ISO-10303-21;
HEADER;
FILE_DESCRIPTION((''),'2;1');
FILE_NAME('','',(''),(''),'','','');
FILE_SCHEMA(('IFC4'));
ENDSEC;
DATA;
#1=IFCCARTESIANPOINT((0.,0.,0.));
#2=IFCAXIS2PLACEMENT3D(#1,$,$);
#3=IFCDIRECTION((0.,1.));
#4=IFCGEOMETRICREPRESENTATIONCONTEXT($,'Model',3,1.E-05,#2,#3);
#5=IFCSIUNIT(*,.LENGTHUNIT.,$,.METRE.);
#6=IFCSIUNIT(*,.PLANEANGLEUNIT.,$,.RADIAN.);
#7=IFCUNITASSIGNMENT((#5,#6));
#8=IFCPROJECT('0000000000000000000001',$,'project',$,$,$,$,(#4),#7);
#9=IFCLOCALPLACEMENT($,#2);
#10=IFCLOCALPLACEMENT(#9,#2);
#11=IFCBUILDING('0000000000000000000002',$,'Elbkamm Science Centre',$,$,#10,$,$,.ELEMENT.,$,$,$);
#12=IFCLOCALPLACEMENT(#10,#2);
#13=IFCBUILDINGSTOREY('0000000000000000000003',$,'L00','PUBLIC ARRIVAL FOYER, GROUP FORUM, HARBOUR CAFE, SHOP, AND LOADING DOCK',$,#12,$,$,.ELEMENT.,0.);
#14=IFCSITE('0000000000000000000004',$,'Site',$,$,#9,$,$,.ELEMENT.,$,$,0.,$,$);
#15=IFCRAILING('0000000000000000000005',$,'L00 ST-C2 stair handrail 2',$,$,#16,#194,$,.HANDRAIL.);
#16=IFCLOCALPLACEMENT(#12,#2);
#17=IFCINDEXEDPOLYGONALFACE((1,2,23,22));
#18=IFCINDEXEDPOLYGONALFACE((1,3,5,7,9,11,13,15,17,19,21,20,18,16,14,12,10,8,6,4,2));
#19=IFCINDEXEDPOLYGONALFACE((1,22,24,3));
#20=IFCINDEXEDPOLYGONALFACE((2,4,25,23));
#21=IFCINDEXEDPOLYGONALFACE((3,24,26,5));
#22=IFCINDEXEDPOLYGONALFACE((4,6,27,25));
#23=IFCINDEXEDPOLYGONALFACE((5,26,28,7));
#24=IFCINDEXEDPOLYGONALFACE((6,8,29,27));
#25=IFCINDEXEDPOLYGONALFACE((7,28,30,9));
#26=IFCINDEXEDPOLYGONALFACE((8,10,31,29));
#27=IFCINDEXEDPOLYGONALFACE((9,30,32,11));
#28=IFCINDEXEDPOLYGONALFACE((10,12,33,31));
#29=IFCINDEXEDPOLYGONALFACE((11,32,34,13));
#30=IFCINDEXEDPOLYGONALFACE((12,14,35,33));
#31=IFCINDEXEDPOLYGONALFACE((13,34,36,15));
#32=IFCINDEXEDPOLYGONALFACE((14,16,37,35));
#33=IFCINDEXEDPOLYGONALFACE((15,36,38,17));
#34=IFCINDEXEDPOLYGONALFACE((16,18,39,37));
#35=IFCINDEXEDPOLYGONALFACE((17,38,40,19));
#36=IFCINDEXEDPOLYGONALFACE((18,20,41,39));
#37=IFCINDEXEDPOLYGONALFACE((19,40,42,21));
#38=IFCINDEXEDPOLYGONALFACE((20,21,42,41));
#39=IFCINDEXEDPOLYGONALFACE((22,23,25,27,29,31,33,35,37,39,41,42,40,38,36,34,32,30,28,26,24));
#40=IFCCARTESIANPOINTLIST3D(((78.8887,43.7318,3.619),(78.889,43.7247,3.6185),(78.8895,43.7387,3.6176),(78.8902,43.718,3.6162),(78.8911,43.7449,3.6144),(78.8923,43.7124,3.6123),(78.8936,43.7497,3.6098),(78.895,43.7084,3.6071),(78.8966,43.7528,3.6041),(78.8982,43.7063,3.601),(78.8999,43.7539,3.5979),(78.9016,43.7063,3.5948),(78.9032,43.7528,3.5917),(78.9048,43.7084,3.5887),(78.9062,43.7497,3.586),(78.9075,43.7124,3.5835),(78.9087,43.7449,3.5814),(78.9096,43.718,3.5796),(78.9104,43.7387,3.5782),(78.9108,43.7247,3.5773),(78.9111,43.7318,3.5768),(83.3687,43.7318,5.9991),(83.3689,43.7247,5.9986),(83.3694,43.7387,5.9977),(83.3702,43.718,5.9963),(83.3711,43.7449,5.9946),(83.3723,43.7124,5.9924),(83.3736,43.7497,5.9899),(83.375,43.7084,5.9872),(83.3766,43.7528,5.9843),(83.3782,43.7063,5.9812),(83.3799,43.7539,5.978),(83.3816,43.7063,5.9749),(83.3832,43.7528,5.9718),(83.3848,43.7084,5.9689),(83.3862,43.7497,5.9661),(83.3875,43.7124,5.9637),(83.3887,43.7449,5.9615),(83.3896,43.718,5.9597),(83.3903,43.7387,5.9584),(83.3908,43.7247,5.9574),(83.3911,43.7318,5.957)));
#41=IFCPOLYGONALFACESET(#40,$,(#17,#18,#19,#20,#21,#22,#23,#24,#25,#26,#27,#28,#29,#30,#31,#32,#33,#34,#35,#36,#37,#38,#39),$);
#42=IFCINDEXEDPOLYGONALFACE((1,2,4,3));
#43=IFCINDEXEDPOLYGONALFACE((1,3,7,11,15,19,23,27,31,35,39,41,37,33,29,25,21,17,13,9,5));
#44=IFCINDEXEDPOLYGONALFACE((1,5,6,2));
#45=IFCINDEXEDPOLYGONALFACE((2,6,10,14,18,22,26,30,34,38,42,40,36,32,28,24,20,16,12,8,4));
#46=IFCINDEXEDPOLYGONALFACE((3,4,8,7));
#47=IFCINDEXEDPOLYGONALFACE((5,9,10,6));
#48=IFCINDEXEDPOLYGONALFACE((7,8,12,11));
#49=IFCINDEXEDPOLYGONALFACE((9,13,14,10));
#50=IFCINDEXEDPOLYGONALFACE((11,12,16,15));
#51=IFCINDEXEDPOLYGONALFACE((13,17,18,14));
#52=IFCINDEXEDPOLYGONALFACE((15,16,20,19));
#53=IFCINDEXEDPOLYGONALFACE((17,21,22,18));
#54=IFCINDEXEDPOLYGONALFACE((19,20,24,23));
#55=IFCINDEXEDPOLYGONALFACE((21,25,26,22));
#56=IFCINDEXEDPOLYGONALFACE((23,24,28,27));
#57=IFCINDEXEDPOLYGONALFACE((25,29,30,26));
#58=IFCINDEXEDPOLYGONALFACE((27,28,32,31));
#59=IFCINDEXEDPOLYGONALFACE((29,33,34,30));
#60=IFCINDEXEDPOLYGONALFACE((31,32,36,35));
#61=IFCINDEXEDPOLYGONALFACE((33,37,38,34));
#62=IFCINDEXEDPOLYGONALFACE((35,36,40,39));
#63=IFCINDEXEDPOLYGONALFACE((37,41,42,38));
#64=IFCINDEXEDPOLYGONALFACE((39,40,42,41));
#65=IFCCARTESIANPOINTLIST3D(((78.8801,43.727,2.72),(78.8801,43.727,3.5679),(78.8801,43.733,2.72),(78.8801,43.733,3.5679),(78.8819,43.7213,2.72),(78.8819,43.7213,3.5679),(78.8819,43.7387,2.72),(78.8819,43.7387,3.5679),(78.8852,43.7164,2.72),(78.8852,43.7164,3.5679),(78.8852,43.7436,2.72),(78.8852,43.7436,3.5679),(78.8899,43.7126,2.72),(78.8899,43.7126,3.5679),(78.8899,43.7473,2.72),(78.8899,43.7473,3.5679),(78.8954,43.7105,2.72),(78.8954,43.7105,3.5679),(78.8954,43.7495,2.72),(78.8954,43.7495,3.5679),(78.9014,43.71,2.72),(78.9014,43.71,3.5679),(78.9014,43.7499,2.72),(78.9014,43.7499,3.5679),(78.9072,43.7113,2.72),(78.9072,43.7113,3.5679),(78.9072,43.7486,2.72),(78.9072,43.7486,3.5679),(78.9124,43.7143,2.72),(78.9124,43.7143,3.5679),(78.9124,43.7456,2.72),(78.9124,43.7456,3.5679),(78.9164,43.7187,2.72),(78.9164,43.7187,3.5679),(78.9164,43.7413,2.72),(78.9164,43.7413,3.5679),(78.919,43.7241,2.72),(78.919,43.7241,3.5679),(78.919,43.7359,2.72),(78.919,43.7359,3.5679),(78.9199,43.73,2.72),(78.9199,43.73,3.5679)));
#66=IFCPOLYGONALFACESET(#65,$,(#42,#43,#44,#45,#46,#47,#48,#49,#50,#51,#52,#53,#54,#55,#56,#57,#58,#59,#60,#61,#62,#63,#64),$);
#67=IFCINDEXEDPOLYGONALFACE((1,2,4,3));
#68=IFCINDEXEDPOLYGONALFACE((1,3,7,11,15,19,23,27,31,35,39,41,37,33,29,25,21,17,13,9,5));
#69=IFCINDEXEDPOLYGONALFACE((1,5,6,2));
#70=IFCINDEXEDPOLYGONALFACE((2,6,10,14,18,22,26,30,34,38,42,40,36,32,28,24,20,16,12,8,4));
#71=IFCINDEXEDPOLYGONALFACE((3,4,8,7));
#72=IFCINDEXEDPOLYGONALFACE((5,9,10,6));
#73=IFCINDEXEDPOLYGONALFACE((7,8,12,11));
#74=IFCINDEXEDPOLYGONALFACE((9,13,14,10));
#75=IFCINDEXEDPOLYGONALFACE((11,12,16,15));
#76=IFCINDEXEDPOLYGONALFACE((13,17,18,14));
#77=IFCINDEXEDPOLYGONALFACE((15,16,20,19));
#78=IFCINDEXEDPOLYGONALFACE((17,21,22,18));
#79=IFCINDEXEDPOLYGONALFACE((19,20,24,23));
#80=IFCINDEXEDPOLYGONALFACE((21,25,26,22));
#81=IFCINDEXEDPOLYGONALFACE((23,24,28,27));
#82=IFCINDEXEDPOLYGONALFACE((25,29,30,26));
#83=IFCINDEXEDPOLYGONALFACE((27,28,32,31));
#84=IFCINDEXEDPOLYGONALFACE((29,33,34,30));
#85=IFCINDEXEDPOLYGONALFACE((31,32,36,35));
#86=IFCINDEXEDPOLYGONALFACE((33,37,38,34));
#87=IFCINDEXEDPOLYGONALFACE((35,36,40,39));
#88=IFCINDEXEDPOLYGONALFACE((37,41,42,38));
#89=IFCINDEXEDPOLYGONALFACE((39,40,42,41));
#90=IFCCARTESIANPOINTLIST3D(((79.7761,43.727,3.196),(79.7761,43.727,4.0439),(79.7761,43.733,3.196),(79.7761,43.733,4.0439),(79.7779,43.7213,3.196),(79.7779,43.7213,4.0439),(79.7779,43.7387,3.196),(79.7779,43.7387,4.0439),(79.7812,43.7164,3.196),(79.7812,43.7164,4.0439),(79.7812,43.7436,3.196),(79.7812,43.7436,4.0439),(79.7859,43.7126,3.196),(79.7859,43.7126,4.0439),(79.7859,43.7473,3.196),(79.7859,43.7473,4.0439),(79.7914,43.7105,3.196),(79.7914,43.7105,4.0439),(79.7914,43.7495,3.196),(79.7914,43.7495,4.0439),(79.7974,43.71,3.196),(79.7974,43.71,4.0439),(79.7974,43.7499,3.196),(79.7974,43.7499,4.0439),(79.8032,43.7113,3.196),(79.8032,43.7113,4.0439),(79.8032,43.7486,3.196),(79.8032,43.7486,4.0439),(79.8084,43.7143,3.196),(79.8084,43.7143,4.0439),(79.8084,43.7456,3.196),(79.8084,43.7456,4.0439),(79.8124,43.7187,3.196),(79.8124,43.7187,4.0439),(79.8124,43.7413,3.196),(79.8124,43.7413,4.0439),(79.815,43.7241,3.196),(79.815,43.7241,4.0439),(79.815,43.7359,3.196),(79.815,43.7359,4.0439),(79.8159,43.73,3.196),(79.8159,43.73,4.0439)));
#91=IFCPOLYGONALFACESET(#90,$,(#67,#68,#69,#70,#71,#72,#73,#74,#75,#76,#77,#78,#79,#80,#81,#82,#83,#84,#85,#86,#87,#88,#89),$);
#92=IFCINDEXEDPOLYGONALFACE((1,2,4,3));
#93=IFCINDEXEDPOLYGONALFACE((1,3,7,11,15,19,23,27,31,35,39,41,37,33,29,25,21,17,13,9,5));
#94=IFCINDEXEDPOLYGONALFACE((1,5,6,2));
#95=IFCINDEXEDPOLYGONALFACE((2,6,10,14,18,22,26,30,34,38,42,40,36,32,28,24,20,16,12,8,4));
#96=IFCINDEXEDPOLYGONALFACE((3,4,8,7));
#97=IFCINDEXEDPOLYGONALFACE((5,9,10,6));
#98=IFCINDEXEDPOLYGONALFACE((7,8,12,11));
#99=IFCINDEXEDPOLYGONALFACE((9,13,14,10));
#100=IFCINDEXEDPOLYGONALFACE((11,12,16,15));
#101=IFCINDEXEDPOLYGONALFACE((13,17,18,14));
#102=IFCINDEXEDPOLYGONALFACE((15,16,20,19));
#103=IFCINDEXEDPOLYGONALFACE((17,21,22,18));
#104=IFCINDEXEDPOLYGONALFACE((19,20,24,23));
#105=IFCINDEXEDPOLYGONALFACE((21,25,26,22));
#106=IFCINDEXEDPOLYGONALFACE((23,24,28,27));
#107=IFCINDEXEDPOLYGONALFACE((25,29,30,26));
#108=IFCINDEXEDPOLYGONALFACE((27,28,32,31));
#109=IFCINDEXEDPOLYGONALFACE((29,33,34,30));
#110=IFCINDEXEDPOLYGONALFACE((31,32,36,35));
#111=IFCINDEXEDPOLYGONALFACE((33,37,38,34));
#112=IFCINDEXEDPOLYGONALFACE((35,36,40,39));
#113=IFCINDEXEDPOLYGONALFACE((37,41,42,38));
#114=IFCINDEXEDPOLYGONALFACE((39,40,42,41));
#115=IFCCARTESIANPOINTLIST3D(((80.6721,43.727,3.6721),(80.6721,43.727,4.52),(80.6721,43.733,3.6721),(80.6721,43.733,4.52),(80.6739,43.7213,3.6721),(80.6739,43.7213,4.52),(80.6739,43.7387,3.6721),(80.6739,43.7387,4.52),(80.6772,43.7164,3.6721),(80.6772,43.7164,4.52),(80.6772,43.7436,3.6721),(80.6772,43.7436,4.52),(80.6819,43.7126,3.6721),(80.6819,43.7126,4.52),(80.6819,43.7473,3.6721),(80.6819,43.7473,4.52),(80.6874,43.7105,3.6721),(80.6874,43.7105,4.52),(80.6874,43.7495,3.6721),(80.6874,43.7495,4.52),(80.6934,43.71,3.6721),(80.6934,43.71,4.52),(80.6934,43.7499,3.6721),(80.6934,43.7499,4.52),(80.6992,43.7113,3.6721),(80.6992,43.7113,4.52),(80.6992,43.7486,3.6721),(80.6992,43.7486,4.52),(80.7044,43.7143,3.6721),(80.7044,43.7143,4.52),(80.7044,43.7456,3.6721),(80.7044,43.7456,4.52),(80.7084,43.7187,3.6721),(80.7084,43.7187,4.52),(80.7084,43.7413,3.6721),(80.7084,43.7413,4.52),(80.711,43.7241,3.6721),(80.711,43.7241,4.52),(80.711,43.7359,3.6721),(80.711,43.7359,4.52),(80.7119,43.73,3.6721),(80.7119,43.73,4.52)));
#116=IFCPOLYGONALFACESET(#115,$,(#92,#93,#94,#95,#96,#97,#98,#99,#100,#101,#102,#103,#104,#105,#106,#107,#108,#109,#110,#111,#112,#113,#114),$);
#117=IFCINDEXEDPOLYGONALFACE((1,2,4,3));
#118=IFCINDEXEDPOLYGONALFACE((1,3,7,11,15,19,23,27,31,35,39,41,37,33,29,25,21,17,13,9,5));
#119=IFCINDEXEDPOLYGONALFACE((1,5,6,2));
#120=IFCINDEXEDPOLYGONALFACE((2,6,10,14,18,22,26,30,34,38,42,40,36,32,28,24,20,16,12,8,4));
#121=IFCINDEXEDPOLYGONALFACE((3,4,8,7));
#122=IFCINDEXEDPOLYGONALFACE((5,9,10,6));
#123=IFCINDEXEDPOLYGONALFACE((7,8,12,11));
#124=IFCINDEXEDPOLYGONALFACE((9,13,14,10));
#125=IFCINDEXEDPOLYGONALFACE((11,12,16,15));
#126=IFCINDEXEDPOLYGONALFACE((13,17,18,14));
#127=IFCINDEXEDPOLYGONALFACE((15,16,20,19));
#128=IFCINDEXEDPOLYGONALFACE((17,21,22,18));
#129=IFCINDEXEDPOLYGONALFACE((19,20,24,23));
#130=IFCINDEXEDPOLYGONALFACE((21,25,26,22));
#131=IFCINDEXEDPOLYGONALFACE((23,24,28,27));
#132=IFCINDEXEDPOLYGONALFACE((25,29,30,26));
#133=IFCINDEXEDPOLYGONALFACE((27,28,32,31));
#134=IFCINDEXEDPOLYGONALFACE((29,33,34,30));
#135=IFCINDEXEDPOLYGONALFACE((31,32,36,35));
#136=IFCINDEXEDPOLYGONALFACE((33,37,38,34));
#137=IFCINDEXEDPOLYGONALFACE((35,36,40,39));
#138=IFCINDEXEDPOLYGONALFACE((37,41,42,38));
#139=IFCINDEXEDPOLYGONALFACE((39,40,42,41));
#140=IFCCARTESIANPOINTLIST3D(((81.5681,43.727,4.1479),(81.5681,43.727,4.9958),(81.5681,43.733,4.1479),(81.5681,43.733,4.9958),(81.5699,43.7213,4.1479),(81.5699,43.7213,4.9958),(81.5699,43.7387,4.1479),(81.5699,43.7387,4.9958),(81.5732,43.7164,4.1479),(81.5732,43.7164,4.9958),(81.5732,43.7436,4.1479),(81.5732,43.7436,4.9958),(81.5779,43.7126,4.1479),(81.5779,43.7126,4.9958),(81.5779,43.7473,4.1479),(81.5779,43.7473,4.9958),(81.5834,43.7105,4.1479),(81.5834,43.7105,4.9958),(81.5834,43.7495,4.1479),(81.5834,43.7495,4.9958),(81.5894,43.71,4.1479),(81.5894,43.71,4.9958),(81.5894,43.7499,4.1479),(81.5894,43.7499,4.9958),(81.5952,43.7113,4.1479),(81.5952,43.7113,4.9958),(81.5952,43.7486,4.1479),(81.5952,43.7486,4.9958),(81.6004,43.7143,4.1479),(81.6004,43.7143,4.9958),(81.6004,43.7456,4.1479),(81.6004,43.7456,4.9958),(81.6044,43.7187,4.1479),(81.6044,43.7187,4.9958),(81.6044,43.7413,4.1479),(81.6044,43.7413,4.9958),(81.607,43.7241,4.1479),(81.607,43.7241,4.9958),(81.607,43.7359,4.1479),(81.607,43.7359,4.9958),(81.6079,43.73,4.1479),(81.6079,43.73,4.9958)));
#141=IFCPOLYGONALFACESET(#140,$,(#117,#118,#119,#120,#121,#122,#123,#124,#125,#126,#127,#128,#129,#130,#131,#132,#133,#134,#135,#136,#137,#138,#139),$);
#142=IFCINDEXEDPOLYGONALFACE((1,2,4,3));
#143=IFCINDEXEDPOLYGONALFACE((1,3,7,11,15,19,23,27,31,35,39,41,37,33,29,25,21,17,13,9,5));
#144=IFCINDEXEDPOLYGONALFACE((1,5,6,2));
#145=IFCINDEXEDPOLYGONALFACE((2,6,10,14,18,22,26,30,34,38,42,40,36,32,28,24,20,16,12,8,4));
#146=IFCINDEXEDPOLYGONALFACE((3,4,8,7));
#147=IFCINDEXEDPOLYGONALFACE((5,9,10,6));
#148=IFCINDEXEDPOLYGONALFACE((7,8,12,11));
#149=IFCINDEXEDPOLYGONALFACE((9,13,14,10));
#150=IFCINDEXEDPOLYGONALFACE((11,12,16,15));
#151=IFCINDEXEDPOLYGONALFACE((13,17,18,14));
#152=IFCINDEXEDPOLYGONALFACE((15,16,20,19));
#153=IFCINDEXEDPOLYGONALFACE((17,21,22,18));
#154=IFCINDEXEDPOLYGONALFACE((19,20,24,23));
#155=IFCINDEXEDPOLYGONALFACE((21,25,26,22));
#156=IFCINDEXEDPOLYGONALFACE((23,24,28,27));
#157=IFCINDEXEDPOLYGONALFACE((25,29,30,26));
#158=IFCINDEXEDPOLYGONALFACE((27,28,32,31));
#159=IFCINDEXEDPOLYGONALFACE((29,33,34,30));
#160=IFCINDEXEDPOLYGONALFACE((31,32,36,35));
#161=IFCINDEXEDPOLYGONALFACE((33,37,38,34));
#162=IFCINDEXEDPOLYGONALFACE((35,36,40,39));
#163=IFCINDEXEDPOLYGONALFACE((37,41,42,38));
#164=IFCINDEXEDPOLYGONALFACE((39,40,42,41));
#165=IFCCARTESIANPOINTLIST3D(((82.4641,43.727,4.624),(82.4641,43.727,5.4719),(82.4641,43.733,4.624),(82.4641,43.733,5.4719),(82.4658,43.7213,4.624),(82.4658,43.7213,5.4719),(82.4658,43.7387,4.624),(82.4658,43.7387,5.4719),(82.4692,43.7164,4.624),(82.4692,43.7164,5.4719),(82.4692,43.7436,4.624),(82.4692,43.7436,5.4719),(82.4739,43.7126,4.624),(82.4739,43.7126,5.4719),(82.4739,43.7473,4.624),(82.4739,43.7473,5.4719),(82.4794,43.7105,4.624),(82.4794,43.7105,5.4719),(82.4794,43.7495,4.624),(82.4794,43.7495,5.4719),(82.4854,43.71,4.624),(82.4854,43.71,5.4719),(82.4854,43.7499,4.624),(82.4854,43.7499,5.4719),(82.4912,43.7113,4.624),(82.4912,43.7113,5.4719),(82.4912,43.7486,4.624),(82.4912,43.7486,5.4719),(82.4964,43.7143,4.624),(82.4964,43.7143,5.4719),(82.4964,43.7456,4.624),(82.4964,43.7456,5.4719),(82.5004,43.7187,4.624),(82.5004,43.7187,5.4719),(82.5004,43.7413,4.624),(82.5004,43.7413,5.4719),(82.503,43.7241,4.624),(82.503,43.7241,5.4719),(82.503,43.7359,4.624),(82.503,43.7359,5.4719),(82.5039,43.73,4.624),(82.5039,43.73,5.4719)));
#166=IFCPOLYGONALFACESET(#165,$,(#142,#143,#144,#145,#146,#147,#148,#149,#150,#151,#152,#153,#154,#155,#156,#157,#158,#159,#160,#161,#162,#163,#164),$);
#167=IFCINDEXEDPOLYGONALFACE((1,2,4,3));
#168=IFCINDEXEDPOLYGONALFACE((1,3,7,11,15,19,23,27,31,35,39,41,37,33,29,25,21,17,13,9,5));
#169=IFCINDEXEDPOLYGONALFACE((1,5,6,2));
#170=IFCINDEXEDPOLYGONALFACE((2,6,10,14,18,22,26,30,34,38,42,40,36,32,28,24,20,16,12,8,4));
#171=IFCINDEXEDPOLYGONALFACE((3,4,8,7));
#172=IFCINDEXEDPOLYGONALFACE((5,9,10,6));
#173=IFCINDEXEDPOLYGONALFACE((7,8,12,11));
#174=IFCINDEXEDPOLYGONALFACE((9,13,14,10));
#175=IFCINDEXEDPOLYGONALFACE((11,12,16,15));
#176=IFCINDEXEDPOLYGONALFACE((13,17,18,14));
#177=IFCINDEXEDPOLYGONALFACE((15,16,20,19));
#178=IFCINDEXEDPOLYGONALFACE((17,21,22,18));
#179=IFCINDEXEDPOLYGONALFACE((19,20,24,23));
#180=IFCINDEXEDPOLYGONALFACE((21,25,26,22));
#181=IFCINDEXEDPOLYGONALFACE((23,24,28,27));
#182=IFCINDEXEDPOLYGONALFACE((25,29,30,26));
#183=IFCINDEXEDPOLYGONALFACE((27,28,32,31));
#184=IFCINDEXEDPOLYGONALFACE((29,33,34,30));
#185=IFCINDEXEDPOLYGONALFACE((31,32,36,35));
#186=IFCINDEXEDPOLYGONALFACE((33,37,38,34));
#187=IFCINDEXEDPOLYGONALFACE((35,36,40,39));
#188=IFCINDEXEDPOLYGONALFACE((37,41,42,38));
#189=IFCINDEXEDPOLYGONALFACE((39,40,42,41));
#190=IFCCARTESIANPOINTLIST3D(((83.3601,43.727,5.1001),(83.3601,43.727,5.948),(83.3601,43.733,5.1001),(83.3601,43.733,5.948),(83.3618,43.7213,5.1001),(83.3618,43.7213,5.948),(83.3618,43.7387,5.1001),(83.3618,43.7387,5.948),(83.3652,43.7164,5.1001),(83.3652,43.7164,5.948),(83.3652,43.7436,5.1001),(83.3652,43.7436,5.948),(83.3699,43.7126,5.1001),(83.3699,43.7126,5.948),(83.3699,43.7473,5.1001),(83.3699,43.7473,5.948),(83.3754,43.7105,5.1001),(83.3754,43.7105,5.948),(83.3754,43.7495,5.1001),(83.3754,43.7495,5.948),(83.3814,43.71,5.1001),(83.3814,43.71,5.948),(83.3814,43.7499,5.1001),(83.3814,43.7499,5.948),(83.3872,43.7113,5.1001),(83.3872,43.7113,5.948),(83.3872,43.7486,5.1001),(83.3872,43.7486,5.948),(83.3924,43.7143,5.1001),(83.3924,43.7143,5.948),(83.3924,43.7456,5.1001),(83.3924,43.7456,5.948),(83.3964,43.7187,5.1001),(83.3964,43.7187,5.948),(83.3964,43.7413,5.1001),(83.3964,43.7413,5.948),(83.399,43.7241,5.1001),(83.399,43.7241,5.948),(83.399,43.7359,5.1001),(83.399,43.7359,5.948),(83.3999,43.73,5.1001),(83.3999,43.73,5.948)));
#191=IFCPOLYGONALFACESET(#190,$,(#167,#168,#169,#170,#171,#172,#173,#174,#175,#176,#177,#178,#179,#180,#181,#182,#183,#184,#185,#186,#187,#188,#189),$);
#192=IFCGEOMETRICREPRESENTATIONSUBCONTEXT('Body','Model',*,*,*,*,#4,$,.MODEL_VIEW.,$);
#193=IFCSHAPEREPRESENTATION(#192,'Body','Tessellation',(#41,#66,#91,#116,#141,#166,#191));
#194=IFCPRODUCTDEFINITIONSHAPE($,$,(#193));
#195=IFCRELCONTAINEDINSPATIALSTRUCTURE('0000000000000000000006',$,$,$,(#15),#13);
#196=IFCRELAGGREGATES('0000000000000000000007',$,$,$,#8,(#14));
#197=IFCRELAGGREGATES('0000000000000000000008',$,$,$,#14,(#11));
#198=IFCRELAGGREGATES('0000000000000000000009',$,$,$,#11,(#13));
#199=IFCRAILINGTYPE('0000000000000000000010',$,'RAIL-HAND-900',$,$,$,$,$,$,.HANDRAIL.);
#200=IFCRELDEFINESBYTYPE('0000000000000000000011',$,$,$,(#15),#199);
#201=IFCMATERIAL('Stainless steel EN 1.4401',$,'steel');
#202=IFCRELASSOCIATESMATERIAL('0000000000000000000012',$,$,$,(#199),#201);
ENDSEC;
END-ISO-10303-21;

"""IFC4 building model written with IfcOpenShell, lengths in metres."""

from ifc_helpers import new_model, si_unit, direction, frame, origin, origin_2d, place, context, subcontext, project, spatial, circle, extrude, material, type_object, element, save


model = new_model("IFC4")

# Units and contexts
model_context = context("Model", 3, precision=1e-05, world=origin(), true_north=direction((0.0, 1.0)))
body_context = subcontext(model_context, "Body", "Model", "MODEL_VIEW")
ifc_project = project(units=[si_unit("LENGTHUNIT", "METRE"), si_unit("PLANEANGLEUNIT", "RADIAN")], contexts=[model_context])

# Site, building, storey
site_placement = place(None, origin())
site = spatial("IfcSite", under=ifc_project, at=site_placement, Name="Site", CompositionType="ELEMENT", RefElevation=0.0)
building_placement = place(site_placement, origin())
building = spatial("IfcBuilding", under=site, at=building_placement, Name="Elbkamm Science Centre", CompositionType="ELEMENT")
storey_placement = place(building_placement, origin())
storey = spatial("IfcBuildingStorey", under=building, at=storey_placement, Name="L00", Description="PUBLIC ARRIVAL FOYER, GROUP FORUM, HARBOUR CAFE, SHOP, AND LOADING DOCK", CompositionType="ELEMENT", Elevation=0.0)

# Railing
ifc_material_1 = material(Name="Stainless steel EN 1.4401", Category="steel")
railing_type_1 = type_object("IfcRailingType", Name="RAIL-HAND-900", PredefinedType="HANDRAIL", material=ifc_material_1)
railing_1_placement = place(storey_placement, frame((78.8999, 43.73, 2.72)))
element("IfcRailing", 1, at=railing_1_placement, inside=storey, type_object=railing_type_1, Name="L00 ST-C2 stair handrail 2", PredefinedType="HANDRAIL", context=body_context, shape_type="SweptSolid", body=[
    extrude(circle(Radius=0.0239, at=origin_2d()), frame((0.0, 0.0, 0.8779), z_axis=(0.883105, 0.0, 0.469176), x_axis=(0.0, 1.0, 0.0)), (0.0, 0.0, 1.0), 5.073),
    extrude(circle(Radius=0.02, at=origin_2d()), origin(), (0.0, 0.0, 1.0), 0.8479),
    extrude(circle(Radius=0.02, at=origin_2d()), frame((0.896, 0.0, 0.4761)), (0.0, 0.0, 1.0), 0.8479),
    extrude(circle(Radius=0.02, at=origin_2d()), frame((1.792, 0.0, 0.9521)), (0.0, 0.0, 1.0), 0.8479),
    extrude(circle(Radius=0.02, at=origin_2d()), frame((2.688, 0.0, 1.428)), (0.0, 0.0, 1.0), 0.8479),
    extrude(circle(Radius=0.02, at=origin_2d()), frame((3.584, 0.0, 1.9041)), (0.0, 0.0, 1.0), 0.8479),
    extrude(circle(Radius=0.02, at=origin_2d()), frame((4.48, 0.0, 2.3801)), (0.0, 0.0, 1.0), 0.8479),
])

save(model, "model.ifc")
